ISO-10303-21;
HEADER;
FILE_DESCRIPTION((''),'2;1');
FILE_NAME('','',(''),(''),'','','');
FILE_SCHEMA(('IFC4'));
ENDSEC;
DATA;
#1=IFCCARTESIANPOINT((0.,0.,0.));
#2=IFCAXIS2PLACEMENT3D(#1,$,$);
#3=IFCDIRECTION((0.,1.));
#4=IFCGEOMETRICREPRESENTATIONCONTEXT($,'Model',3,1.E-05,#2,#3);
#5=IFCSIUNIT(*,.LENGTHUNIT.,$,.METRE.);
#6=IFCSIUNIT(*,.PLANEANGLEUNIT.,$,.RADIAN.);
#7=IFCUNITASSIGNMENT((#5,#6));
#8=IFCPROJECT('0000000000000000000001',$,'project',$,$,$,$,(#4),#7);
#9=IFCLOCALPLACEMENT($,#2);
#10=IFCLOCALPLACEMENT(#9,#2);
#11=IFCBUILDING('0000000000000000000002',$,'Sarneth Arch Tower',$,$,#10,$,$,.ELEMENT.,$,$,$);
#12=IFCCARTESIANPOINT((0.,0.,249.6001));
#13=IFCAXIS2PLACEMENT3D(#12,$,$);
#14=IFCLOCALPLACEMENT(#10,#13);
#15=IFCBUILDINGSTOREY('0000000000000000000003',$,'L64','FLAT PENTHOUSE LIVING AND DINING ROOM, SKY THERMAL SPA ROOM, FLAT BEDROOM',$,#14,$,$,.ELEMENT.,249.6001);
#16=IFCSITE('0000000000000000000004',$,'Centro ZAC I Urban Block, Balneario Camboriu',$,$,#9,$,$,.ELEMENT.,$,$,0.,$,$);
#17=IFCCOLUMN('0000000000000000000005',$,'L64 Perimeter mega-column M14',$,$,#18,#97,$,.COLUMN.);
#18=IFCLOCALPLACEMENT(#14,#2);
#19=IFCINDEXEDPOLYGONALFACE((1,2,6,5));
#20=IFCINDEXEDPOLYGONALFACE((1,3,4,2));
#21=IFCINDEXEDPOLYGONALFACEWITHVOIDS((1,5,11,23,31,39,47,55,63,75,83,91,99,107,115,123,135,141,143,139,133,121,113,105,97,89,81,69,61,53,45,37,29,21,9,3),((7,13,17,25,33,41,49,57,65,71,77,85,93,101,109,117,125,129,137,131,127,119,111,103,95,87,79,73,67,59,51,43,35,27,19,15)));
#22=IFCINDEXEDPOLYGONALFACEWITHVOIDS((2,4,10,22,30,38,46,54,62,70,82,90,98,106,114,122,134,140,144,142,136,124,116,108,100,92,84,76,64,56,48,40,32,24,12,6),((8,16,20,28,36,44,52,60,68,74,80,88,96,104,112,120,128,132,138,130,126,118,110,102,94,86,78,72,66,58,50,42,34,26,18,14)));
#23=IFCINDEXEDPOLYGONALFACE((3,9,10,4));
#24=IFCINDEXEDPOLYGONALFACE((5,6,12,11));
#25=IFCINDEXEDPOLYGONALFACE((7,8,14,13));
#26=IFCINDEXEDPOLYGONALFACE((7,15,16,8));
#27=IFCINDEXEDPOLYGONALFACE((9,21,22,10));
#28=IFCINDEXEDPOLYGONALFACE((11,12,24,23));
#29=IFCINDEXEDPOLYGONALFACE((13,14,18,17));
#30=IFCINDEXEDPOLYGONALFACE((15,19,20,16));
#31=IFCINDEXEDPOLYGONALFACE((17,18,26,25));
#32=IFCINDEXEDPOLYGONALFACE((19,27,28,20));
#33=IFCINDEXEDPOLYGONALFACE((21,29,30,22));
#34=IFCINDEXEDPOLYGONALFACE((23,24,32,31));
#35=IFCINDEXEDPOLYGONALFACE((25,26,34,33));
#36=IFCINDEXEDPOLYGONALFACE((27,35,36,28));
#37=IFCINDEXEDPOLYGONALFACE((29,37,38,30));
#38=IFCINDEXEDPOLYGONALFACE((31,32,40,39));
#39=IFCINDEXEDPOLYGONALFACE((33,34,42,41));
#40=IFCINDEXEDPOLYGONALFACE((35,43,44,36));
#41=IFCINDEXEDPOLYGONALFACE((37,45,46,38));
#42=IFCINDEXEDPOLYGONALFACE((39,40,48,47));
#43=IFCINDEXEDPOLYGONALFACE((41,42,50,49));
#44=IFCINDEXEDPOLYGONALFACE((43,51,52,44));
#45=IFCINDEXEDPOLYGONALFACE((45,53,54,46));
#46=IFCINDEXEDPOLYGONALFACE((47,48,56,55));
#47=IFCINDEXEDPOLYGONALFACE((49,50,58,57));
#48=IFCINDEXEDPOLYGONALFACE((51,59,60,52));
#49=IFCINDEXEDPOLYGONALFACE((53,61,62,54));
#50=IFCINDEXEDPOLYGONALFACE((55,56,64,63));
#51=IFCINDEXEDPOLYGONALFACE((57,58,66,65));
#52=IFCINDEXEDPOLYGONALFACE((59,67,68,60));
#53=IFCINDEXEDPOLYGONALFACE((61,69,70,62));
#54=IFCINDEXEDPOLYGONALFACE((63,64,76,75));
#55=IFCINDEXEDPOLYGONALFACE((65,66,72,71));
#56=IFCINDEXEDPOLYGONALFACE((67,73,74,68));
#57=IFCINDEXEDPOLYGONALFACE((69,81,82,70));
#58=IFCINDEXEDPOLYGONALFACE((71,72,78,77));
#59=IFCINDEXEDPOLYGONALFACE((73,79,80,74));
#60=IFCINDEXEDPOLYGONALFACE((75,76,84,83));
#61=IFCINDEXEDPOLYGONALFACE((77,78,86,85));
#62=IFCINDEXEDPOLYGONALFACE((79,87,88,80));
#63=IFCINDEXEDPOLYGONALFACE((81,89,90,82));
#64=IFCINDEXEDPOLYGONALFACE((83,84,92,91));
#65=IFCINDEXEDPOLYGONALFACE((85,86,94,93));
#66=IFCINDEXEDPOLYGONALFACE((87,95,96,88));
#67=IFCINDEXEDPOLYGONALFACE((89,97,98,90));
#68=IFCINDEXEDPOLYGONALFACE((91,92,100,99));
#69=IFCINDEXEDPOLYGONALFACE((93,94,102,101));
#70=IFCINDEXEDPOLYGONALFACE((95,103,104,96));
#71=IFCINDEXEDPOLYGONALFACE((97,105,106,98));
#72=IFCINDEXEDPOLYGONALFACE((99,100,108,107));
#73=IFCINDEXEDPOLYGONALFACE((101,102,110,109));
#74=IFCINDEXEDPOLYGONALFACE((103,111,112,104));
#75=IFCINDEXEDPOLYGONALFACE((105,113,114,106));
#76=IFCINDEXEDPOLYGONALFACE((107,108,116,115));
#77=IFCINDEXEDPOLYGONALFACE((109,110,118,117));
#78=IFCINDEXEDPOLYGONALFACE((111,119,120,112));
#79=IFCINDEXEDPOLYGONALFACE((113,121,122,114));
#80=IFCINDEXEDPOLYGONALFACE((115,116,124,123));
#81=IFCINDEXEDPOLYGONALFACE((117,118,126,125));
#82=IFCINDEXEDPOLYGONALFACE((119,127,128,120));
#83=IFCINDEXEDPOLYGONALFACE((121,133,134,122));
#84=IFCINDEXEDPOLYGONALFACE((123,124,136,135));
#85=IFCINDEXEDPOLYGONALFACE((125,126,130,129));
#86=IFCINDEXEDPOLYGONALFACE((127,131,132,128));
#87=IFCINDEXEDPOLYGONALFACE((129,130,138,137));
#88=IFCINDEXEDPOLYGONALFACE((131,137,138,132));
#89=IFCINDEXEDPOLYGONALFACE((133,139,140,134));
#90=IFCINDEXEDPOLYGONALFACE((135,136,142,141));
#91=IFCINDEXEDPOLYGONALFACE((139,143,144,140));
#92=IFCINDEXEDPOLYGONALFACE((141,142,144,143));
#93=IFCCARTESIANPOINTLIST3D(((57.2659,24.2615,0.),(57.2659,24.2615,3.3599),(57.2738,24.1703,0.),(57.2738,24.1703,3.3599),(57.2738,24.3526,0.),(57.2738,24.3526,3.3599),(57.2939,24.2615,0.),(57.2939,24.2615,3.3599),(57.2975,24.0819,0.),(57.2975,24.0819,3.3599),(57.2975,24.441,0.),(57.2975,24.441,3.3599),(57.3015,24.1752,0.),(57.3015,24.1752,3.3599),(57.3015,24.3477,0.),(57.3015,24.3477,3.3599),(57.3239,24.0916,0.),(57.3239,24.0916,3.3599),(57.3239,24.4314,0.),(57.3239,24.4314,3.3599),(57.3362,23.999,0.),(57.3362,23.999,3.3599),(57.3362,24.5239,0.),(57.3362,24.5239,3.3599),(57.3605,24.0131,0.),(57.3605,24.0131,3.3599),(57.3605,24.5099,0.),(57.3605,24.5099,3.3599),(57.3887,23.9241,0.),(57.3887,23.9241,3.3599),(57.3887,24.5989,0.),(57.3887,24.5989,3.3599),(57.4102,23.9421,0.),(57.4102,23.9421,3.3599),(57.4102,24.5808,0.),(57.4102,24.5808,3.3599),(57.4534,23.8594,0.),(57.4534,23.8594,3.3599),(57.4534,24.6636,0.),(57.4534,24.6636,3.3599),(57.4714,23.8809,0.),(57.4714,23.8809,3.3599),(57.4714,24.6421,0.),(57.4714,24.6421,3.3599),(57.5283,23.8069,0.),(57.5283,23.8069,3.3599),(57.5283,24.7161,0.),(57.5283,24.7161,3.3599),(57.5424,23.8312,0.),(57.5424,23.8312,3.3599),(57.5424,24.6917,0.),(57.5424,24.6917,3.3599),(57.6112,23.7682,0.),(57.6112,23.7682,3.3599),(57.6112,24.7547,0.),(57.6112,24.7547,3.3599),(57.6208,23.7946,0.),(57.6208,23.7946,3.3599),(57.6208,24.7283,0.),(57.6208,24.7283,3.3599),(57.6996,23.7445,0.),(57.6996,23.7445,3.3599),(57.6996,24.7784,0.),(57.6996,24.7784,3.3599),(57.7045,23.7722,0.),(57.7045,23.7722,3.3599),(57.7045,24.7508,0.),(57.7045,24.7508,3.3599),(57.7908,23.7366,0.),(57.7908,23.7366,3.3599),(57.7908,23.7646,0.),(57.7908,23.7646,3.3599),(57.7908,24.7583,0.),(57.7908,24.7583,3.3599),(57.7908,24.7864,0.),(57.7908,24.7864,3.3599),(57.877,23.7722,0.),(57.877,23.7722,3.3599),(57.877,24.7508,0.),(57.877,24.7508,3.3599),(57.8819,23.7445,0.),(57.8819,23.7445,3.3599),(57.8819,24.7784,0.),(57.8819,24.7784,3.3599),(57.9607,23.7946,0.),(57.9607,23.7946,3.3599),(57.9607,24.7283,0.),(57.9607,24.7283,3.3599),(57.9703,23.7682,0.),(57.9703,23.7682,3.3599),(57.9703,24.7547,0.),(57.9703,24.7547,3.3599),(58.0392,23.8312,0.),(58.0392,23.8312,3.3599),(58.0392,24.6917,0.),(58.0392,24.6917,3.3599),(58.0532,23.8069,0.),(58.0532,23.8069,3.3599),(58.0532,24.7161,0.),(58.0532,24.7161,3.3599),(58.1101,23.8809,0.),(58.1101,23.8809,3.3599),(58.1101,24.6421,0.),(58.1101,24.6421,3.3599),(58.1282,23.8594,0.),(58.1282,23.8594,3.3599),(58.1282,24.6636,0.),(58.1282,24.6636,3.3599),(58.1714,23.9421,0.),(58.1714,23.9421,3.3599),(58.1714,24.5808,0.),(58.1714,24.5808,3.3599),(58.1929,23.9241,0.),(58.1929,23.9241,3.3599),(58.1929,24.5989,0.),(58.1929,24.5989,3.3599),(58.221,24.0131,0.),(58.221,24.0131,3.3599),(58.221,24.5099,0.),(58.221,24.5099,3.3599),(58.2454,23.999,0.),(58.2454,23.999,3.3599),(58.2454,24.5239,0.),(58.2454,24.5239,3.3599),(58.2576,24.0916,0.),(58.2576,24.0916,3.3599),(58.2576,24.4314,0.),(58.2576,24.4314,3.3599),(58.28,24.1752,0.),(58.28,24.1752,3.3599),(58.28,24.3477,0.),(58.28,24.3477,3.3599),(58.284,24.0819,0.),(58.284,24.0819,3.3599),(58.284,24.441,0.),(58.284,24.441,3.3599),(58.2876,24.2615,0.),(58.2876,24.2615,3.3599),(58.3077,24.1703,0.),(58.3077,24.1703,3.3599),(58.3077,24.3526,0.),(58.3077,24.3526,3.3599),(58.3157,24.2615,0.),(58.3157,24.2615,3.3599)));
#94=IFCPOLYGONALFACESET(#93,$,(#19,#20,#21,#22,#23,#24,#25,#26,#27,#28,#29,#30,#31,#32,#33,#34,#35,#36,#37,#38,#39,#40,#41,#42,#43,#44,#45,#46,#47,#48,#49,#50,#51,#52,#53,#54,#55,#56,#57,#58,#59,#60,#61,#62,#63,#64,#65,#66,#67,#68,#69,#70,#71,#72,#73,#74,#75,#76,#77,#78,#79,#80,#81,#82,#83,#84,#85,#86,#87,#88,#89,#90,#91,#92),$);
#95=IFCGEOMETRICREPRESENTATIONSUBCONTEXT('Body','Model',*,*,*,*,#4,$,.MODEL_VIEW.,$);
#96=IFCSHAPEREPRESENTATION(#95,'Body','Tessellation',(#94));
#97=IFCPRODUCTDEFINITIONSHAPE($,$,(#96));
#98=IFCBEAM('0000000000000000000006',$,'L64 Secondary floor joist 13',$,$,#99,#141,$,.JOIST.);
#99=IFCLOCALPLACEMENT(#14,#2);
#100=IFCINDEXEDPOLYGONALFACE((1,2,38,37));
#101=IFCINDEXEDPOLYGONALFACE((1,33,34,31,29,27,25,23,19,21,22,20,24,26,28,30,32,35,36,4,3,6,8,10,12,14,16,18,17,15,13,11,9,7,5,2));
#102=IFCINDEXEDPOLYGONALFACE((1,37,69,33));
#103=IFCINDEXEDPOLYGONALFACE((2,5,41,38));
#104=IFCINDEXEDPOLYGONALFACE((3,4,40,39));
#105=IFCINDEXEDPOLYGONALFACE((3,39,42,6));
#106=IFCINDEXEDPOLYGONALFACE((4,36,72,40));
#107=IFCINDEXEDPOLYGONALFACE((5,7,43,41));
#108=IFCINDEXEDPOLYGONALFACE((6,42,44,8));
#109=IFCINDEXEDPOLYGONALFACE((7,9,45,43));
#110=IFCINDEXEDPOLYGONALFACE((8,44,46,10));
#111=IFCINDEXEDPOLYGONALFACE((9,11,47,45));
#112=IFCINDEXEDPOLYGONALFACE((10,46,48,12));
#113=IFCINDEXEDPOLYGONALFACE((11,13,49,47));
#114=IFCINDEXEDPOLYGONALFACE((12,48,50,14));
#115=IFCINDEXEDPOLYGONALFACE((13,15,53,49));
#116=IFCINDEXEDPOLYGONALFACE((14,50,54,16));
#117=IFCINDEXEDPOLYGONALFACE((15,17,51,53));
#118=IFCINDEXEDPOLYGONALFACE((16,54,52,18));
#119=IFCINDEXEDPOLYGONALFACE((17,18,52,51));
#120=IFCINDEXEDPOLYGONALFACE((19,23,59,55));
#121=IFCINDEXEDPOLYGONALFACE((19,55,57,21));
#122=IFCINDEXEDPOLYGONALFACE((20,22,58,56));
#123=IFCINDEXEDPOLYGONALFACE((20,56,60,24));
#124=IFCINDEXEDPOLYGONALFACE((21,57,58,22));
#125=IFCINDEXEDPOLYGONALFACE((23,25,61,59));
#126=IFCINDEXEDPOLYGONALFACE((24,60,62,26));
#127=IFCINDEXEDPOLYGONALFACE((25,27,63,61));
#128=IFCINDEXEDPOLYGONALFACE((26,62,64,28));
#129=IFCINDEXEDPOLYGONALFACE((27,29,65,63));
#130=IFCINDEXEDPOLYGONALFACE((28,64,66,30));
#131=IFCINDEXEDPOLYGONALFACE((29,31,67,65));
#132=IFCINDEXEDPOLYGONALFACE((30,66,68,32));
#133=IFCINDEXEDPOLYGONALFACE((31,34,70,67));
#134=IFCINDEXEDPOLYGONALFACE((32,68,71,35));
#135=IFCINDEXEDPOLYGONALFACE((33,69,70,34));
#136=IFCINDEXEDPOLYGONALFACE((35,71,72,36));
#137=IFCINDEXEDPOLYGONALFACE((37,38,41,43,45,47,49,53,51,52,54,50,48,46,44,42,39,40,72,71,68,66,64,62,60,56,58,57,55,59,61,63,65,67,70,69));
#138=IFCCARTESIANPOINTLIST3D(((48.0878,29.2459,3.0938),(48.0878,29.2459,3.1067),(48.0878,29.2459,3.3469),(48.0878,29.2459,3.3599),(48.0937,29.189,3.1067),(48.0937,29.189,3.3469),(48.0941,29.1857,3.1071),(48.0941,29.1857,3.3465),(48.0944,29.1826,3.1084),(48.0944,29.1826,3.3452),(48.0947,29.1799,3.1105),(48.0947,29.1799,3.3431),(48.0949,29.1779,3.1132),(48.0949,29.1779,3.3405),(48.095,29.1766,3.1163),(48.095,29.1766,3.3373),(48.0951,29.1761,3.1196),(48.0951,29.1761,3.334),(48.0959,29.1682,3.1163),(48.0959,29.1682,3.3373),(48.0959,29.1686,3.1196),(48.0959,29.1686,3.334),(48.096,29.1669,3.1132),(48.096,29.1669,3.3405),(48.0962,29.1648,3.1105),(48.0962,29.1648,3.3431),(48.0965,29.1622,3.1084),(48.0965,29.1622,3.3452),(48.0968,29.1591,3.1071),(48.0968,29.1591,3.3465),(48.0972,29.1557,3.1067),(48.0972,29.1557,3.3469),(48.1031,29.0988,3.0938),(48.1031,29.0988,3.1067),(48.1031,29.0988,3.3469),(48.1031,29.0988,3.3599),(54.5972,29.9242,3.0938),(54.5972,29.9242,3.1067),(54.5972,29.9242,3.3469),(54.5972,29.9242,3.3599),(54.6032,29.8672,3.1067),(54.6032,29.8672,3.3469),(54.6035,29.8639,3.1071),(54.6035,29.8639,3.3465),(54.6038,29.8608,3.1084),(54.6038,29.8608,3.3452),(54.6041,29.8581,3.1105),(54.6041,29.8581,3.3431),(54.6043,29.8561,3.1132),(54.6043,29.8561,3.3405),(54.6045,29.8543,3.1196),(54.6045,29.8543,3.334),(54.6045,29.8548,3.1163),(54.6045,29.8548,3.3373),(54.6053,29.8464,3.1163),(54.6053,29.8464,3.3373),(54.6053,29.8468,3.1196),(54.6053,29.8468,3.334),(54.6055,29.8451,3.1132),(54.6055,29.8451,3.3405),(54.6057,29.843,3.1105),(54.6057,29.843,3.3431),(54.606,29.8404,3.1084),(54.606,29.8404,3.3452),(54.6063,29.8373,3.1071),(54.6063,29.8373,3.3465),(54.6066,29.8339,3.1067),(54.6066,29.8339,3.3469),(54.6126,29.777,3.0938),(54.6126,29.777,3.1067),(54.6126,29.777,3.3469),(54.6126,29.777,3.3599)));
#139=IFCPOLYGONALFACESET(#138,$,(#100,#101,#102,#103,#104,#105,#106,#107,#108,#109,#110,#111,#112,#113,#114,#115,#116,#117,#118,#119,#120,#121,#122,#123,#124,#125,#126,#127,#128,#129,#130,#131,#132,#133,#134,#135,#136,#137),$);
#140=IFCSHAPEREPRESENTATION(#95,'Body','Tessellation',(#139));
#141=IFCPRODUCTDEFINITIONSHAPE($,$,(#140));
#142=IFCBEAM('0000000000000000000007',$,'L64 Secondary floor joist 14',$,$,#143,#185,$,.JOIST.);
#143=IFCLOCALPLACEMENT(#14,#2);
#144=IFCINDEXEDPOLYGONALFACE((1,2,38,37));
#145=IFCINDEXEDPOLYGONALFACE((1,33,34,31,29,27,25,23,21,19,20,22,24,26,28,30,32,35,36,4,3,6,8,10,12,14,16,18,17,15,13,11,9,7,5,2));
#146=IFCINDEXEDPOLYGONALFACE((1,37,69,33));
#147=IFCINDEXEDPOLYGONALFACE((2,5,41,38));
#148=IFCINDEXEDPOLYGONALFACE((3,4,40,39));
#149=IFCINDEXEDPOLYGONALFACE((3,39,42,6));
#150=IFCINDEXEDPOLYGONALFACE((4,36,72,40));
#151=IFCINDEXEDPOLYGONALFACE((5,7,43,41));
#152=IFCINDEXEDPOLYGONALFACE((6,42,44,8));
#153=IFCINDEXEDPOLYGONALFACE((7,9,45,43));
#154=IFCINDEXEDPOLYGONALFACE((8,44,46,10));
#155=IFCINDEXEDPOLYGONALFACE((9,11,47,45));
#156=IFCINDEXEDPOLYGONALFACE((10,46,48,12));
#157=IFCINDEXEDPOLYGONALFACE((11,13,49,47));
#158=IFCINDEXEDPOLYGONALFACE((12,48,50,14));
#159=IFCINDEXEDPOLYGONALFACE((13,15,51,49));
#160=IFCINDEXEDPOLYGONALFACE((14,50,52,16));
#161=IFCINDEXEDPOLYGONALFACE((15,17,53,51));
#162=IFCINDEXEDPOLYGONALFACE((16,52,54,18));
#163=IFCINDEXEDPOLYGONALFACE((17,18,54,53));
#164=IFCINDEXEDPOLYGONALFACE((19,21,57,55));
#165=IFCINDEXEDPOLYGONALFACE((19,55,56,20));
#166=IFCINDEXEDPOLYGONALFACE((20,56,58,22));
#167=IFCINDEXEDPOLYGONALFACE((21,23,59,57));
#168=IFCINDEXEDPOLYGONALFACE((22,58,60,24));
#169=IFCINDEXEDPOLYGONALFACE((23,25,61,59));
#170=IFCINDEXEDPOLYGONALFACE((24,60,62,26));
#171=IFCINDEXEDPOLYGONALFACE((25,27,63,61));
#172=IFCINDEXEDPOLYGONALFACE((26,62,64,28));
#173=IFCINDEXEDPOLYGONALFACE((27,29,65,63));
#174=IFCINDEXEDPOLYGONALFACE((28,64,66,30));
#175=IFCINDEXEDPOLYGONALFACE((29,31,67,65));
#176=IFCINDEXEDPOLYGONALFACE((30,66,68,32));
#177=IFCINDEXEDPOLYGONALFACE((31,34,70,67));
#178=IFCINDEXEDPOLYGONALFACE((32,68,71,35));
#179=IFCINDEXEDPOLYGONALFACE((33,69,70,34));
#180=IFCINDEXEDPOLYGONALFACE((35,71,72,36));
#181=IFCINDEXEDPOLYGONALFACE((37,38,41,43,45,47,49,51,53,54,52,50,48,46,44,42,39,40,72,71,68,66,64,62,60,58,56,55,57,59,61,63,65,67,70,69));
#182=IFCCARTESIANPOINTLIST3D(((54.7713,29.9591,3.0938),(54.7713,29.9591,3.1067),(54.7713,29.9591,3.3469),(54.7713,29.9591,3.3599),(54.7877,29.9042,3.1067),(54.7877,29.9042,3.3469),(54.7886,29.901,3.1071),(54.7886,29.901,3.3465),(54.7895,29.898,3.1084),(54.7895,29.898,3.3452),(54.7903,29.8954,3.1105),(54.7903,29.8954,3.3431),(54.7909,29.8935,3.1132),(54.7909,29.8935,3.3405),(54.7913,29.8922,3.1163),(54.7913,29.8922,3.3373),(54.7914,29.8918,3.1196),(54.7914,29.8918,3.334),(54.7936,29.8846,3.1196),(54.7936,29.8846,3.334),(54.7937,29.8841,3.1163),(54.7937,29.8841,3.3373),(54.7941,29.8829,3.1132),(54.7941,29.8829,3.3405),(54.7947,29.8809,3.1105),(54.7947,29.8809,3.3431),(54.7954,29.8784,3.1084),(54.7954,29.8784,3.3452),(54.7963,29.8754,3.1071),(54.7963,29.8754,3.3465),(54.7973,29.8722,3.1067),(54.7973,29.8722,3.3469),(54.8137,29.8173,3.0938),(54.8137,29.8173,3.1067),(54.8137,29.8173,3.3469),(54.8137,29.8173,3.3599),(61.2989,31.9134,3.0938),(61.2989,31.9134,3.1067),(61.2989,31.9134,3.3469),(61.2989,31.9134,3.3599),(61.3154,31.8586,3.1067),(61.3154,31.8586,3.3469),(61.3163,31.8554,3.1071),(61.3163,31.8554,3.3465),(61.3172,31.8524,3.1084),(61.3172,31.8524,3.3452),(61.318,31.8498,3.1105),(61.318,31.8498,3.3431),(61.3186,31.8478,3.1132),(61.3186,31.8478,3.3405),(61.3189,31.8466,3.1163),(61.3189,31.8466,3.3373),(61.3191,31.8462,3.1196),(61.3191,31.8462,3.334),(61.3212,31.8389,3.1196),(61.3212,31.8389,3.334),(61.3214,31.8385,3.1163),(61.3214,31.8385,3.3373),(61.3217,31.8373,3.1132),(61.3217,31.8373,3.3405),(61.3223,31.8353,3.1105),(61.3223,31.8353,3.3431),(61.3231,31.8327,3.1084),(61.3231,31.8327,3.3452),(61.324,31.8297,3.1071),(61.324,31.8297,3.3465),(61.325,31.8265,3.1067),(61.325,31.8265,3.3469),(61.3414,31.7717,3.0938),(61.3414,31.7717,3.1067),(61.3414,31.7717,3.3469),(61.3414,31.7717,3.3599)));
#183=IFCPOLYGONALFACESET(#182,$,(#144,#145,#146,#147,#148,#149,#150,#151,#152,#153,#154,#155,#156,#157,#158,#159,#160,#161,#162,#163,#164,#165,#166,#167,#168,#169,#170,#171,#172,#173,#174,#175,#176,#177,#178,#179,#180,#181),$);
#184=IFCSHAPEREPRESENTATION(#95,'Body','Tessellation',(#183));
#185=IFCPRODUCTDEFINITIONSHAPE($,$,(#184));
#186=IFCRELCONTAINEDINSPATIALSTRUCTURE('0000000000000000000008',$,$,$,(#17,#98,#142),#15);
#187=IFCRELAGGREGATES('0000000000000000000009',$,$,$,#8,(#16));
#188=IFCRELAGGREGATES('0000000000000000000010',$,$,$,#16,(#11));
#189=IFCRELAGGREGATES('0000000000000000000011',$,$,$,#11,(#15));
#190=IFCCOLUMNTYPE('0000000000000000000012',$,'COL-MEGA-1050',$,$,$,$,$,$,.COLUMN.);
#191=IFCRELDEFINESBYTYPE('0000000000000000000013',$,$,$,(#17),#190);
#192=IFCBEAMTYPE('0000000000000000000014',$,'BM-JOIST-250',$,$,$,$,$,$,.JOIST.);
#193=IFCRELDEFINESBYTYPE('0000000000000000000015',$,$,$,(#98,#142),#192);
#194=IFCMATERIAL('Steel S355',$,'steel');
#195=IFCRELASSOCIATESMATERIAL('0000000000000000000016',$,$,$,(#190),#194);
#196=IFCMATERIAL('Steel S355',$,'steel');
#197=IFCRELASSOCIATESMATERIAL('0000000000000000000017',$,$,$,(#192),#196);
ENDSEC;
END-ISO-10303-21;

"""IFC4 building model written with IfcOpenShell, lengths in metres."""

from ifc_helpers import new_model, si_unit, direction, frame, origin, origin_2d, place, context, subcontext, project, spatial, hollow_circle, i_section, extrude, material, material_profile, profile_set, type_object, element, save


model = new_model("IFC4")

# Units and contexts
model_context = context("Model", 3, precision=1e-05, world=origin(), true_north=direction((0.0, 1.0)))
body_context = subcontext(model_context, "Body", "Model", "MODEL_VIEW")
ifc_project = project(units=[si_unit("LENGTHUNIT", "METRE"), si_unit("PLANEANGLEUNIT", "RADIAN")], contexts=[model_context])

# Site, building, storey
site_placement = place(None, origin())
site = spatial("IfcSite", under=ifc_project, at=site_placement, Name="Centro ZAC I Urban Block, Balneario Camboriu", CompositionType="ELEMENT", RefElevation=0.0)
building_placement = place(site_placement, origin())
building = spatial("IfcBuilding", under=site, at=building_placement, Name="Sarneth Arch Tower", CompositionType="ELEMENT")
storey_placement = place(building_placement, frame((0.0, 0.0, 249.6001)))
storey = spatial("IfcBuildingStorey", under=building, at=storey_placement, Name="L64", Description="FLAT PENTHOUSE LIVING AND DINING ROOM, SKY THERMAL SPA ROOM, FLAT BEDROOM", CompositionType="ELEMENT", Elevation=249.6001)

# Column
ifc_material_1 = material(Name="Steel S355", Category="steel")
ifc_material_profile_1 = material_profile(ifc_material_1, hollow_circle(Radius=0.5249, WallThickness=0.0281, at=origin_2d()), Name="CHS1050x28")
ifc_profile_set_1 = profile_set([ifc_material_profile_1], Name="Steel S355")
column_type = type_object("IfcColumnType", Name="COL-MEGA-1050", PredefinedType="COLUMN", material=ifc_profile_set_1)
column_placement = place(storey_placement, frame((57.7908, 24.2615, 0.0), z_axis=(0.0, 0.0, 1.0), x_axis=(1.0, 0.0, 0.0)))
element("IfcColumn", 1, at=column_placement, inside=storey, type_object=column_type, Name="L64 Perimeter mega-column M14", PredefinedType="COLUMN", context=body_context, shape_type="SweptSolid", body=[
    extrude(hollow_circle(Radius=0.5249, WallThickness=0.0281, at=origin_2d()), origin(), (0.0, 0.0, 1.0), 3.3599),
])

# Beams
ifc_material_2 = material(Name="Steel S355", Category="steel")
ifc_material_profile_2 = material_profile(ifc_material_2, i_section(OverallWidth=0.1479, OverallDepth=0.2661, WebThickness=0.0076, FlangeThickness=0.0129, FilletRadius=0.0129, at=origin_2d()), Name="W250x44.8")
ifc_profile_set_2 = profile_set([ifc_material_profile_2], Name="Steel S355")
beam_type_1 = type_object("IfcBeamType", Name="BM-JOIST-250", PredefinedType="JOIST", material=ifc_profile_set_2)
beam_1_placement = place(storey_placement, frame((48.0955, 29.1724, 3.2268), z_axis=(0.994616, 0.103628, 0.0), x_axis=(-0.103628, 0.994616, 0.0)))
element("IfcBeam", 2, at=beam_1_placement, inside=storey, type_object=beam_type_1, Name="L64 Secondary floor joist 13", PredefinedType="JOIST", context=body_context, shape_type="SweptSolid", body=[
    extrude(i_section(OverallWidth=0.1479, OverallDepth=0.2661, WebThickness=0.0076, FlangeThickness=0.0129, FilletRadius=0.0129, at=origin_2d()), origin(), (0.0, 0.0, 1.0), 6.5447),
])
beam_2_placement = place(storey_placement, frame((54.7925, 29.8882, 3.2268), z_axis=(0.957985, 0.286819, 0.0), x_axis=(-0.286819, 0.957985, 0.0)))
element("IfcBeam", 3, at=beam_2_placement, inside=storey, type_object=beam_type_1, Name="L64 Secondary floor joist 14", PredefinedType="JOIST", context=body_context, shape_type="SweptSolid", body=[
    extrude(i_section(OverallWidth=0.1479, OverallDepth=0.2661, WebThickness=0.0076, FlangeThickness=0.0129, FilletRadius=0.0129, at=origin_2d()), origin(), (0.0, 0.0, 1.0), 6.814),
])

save(model, "model.ifc")
